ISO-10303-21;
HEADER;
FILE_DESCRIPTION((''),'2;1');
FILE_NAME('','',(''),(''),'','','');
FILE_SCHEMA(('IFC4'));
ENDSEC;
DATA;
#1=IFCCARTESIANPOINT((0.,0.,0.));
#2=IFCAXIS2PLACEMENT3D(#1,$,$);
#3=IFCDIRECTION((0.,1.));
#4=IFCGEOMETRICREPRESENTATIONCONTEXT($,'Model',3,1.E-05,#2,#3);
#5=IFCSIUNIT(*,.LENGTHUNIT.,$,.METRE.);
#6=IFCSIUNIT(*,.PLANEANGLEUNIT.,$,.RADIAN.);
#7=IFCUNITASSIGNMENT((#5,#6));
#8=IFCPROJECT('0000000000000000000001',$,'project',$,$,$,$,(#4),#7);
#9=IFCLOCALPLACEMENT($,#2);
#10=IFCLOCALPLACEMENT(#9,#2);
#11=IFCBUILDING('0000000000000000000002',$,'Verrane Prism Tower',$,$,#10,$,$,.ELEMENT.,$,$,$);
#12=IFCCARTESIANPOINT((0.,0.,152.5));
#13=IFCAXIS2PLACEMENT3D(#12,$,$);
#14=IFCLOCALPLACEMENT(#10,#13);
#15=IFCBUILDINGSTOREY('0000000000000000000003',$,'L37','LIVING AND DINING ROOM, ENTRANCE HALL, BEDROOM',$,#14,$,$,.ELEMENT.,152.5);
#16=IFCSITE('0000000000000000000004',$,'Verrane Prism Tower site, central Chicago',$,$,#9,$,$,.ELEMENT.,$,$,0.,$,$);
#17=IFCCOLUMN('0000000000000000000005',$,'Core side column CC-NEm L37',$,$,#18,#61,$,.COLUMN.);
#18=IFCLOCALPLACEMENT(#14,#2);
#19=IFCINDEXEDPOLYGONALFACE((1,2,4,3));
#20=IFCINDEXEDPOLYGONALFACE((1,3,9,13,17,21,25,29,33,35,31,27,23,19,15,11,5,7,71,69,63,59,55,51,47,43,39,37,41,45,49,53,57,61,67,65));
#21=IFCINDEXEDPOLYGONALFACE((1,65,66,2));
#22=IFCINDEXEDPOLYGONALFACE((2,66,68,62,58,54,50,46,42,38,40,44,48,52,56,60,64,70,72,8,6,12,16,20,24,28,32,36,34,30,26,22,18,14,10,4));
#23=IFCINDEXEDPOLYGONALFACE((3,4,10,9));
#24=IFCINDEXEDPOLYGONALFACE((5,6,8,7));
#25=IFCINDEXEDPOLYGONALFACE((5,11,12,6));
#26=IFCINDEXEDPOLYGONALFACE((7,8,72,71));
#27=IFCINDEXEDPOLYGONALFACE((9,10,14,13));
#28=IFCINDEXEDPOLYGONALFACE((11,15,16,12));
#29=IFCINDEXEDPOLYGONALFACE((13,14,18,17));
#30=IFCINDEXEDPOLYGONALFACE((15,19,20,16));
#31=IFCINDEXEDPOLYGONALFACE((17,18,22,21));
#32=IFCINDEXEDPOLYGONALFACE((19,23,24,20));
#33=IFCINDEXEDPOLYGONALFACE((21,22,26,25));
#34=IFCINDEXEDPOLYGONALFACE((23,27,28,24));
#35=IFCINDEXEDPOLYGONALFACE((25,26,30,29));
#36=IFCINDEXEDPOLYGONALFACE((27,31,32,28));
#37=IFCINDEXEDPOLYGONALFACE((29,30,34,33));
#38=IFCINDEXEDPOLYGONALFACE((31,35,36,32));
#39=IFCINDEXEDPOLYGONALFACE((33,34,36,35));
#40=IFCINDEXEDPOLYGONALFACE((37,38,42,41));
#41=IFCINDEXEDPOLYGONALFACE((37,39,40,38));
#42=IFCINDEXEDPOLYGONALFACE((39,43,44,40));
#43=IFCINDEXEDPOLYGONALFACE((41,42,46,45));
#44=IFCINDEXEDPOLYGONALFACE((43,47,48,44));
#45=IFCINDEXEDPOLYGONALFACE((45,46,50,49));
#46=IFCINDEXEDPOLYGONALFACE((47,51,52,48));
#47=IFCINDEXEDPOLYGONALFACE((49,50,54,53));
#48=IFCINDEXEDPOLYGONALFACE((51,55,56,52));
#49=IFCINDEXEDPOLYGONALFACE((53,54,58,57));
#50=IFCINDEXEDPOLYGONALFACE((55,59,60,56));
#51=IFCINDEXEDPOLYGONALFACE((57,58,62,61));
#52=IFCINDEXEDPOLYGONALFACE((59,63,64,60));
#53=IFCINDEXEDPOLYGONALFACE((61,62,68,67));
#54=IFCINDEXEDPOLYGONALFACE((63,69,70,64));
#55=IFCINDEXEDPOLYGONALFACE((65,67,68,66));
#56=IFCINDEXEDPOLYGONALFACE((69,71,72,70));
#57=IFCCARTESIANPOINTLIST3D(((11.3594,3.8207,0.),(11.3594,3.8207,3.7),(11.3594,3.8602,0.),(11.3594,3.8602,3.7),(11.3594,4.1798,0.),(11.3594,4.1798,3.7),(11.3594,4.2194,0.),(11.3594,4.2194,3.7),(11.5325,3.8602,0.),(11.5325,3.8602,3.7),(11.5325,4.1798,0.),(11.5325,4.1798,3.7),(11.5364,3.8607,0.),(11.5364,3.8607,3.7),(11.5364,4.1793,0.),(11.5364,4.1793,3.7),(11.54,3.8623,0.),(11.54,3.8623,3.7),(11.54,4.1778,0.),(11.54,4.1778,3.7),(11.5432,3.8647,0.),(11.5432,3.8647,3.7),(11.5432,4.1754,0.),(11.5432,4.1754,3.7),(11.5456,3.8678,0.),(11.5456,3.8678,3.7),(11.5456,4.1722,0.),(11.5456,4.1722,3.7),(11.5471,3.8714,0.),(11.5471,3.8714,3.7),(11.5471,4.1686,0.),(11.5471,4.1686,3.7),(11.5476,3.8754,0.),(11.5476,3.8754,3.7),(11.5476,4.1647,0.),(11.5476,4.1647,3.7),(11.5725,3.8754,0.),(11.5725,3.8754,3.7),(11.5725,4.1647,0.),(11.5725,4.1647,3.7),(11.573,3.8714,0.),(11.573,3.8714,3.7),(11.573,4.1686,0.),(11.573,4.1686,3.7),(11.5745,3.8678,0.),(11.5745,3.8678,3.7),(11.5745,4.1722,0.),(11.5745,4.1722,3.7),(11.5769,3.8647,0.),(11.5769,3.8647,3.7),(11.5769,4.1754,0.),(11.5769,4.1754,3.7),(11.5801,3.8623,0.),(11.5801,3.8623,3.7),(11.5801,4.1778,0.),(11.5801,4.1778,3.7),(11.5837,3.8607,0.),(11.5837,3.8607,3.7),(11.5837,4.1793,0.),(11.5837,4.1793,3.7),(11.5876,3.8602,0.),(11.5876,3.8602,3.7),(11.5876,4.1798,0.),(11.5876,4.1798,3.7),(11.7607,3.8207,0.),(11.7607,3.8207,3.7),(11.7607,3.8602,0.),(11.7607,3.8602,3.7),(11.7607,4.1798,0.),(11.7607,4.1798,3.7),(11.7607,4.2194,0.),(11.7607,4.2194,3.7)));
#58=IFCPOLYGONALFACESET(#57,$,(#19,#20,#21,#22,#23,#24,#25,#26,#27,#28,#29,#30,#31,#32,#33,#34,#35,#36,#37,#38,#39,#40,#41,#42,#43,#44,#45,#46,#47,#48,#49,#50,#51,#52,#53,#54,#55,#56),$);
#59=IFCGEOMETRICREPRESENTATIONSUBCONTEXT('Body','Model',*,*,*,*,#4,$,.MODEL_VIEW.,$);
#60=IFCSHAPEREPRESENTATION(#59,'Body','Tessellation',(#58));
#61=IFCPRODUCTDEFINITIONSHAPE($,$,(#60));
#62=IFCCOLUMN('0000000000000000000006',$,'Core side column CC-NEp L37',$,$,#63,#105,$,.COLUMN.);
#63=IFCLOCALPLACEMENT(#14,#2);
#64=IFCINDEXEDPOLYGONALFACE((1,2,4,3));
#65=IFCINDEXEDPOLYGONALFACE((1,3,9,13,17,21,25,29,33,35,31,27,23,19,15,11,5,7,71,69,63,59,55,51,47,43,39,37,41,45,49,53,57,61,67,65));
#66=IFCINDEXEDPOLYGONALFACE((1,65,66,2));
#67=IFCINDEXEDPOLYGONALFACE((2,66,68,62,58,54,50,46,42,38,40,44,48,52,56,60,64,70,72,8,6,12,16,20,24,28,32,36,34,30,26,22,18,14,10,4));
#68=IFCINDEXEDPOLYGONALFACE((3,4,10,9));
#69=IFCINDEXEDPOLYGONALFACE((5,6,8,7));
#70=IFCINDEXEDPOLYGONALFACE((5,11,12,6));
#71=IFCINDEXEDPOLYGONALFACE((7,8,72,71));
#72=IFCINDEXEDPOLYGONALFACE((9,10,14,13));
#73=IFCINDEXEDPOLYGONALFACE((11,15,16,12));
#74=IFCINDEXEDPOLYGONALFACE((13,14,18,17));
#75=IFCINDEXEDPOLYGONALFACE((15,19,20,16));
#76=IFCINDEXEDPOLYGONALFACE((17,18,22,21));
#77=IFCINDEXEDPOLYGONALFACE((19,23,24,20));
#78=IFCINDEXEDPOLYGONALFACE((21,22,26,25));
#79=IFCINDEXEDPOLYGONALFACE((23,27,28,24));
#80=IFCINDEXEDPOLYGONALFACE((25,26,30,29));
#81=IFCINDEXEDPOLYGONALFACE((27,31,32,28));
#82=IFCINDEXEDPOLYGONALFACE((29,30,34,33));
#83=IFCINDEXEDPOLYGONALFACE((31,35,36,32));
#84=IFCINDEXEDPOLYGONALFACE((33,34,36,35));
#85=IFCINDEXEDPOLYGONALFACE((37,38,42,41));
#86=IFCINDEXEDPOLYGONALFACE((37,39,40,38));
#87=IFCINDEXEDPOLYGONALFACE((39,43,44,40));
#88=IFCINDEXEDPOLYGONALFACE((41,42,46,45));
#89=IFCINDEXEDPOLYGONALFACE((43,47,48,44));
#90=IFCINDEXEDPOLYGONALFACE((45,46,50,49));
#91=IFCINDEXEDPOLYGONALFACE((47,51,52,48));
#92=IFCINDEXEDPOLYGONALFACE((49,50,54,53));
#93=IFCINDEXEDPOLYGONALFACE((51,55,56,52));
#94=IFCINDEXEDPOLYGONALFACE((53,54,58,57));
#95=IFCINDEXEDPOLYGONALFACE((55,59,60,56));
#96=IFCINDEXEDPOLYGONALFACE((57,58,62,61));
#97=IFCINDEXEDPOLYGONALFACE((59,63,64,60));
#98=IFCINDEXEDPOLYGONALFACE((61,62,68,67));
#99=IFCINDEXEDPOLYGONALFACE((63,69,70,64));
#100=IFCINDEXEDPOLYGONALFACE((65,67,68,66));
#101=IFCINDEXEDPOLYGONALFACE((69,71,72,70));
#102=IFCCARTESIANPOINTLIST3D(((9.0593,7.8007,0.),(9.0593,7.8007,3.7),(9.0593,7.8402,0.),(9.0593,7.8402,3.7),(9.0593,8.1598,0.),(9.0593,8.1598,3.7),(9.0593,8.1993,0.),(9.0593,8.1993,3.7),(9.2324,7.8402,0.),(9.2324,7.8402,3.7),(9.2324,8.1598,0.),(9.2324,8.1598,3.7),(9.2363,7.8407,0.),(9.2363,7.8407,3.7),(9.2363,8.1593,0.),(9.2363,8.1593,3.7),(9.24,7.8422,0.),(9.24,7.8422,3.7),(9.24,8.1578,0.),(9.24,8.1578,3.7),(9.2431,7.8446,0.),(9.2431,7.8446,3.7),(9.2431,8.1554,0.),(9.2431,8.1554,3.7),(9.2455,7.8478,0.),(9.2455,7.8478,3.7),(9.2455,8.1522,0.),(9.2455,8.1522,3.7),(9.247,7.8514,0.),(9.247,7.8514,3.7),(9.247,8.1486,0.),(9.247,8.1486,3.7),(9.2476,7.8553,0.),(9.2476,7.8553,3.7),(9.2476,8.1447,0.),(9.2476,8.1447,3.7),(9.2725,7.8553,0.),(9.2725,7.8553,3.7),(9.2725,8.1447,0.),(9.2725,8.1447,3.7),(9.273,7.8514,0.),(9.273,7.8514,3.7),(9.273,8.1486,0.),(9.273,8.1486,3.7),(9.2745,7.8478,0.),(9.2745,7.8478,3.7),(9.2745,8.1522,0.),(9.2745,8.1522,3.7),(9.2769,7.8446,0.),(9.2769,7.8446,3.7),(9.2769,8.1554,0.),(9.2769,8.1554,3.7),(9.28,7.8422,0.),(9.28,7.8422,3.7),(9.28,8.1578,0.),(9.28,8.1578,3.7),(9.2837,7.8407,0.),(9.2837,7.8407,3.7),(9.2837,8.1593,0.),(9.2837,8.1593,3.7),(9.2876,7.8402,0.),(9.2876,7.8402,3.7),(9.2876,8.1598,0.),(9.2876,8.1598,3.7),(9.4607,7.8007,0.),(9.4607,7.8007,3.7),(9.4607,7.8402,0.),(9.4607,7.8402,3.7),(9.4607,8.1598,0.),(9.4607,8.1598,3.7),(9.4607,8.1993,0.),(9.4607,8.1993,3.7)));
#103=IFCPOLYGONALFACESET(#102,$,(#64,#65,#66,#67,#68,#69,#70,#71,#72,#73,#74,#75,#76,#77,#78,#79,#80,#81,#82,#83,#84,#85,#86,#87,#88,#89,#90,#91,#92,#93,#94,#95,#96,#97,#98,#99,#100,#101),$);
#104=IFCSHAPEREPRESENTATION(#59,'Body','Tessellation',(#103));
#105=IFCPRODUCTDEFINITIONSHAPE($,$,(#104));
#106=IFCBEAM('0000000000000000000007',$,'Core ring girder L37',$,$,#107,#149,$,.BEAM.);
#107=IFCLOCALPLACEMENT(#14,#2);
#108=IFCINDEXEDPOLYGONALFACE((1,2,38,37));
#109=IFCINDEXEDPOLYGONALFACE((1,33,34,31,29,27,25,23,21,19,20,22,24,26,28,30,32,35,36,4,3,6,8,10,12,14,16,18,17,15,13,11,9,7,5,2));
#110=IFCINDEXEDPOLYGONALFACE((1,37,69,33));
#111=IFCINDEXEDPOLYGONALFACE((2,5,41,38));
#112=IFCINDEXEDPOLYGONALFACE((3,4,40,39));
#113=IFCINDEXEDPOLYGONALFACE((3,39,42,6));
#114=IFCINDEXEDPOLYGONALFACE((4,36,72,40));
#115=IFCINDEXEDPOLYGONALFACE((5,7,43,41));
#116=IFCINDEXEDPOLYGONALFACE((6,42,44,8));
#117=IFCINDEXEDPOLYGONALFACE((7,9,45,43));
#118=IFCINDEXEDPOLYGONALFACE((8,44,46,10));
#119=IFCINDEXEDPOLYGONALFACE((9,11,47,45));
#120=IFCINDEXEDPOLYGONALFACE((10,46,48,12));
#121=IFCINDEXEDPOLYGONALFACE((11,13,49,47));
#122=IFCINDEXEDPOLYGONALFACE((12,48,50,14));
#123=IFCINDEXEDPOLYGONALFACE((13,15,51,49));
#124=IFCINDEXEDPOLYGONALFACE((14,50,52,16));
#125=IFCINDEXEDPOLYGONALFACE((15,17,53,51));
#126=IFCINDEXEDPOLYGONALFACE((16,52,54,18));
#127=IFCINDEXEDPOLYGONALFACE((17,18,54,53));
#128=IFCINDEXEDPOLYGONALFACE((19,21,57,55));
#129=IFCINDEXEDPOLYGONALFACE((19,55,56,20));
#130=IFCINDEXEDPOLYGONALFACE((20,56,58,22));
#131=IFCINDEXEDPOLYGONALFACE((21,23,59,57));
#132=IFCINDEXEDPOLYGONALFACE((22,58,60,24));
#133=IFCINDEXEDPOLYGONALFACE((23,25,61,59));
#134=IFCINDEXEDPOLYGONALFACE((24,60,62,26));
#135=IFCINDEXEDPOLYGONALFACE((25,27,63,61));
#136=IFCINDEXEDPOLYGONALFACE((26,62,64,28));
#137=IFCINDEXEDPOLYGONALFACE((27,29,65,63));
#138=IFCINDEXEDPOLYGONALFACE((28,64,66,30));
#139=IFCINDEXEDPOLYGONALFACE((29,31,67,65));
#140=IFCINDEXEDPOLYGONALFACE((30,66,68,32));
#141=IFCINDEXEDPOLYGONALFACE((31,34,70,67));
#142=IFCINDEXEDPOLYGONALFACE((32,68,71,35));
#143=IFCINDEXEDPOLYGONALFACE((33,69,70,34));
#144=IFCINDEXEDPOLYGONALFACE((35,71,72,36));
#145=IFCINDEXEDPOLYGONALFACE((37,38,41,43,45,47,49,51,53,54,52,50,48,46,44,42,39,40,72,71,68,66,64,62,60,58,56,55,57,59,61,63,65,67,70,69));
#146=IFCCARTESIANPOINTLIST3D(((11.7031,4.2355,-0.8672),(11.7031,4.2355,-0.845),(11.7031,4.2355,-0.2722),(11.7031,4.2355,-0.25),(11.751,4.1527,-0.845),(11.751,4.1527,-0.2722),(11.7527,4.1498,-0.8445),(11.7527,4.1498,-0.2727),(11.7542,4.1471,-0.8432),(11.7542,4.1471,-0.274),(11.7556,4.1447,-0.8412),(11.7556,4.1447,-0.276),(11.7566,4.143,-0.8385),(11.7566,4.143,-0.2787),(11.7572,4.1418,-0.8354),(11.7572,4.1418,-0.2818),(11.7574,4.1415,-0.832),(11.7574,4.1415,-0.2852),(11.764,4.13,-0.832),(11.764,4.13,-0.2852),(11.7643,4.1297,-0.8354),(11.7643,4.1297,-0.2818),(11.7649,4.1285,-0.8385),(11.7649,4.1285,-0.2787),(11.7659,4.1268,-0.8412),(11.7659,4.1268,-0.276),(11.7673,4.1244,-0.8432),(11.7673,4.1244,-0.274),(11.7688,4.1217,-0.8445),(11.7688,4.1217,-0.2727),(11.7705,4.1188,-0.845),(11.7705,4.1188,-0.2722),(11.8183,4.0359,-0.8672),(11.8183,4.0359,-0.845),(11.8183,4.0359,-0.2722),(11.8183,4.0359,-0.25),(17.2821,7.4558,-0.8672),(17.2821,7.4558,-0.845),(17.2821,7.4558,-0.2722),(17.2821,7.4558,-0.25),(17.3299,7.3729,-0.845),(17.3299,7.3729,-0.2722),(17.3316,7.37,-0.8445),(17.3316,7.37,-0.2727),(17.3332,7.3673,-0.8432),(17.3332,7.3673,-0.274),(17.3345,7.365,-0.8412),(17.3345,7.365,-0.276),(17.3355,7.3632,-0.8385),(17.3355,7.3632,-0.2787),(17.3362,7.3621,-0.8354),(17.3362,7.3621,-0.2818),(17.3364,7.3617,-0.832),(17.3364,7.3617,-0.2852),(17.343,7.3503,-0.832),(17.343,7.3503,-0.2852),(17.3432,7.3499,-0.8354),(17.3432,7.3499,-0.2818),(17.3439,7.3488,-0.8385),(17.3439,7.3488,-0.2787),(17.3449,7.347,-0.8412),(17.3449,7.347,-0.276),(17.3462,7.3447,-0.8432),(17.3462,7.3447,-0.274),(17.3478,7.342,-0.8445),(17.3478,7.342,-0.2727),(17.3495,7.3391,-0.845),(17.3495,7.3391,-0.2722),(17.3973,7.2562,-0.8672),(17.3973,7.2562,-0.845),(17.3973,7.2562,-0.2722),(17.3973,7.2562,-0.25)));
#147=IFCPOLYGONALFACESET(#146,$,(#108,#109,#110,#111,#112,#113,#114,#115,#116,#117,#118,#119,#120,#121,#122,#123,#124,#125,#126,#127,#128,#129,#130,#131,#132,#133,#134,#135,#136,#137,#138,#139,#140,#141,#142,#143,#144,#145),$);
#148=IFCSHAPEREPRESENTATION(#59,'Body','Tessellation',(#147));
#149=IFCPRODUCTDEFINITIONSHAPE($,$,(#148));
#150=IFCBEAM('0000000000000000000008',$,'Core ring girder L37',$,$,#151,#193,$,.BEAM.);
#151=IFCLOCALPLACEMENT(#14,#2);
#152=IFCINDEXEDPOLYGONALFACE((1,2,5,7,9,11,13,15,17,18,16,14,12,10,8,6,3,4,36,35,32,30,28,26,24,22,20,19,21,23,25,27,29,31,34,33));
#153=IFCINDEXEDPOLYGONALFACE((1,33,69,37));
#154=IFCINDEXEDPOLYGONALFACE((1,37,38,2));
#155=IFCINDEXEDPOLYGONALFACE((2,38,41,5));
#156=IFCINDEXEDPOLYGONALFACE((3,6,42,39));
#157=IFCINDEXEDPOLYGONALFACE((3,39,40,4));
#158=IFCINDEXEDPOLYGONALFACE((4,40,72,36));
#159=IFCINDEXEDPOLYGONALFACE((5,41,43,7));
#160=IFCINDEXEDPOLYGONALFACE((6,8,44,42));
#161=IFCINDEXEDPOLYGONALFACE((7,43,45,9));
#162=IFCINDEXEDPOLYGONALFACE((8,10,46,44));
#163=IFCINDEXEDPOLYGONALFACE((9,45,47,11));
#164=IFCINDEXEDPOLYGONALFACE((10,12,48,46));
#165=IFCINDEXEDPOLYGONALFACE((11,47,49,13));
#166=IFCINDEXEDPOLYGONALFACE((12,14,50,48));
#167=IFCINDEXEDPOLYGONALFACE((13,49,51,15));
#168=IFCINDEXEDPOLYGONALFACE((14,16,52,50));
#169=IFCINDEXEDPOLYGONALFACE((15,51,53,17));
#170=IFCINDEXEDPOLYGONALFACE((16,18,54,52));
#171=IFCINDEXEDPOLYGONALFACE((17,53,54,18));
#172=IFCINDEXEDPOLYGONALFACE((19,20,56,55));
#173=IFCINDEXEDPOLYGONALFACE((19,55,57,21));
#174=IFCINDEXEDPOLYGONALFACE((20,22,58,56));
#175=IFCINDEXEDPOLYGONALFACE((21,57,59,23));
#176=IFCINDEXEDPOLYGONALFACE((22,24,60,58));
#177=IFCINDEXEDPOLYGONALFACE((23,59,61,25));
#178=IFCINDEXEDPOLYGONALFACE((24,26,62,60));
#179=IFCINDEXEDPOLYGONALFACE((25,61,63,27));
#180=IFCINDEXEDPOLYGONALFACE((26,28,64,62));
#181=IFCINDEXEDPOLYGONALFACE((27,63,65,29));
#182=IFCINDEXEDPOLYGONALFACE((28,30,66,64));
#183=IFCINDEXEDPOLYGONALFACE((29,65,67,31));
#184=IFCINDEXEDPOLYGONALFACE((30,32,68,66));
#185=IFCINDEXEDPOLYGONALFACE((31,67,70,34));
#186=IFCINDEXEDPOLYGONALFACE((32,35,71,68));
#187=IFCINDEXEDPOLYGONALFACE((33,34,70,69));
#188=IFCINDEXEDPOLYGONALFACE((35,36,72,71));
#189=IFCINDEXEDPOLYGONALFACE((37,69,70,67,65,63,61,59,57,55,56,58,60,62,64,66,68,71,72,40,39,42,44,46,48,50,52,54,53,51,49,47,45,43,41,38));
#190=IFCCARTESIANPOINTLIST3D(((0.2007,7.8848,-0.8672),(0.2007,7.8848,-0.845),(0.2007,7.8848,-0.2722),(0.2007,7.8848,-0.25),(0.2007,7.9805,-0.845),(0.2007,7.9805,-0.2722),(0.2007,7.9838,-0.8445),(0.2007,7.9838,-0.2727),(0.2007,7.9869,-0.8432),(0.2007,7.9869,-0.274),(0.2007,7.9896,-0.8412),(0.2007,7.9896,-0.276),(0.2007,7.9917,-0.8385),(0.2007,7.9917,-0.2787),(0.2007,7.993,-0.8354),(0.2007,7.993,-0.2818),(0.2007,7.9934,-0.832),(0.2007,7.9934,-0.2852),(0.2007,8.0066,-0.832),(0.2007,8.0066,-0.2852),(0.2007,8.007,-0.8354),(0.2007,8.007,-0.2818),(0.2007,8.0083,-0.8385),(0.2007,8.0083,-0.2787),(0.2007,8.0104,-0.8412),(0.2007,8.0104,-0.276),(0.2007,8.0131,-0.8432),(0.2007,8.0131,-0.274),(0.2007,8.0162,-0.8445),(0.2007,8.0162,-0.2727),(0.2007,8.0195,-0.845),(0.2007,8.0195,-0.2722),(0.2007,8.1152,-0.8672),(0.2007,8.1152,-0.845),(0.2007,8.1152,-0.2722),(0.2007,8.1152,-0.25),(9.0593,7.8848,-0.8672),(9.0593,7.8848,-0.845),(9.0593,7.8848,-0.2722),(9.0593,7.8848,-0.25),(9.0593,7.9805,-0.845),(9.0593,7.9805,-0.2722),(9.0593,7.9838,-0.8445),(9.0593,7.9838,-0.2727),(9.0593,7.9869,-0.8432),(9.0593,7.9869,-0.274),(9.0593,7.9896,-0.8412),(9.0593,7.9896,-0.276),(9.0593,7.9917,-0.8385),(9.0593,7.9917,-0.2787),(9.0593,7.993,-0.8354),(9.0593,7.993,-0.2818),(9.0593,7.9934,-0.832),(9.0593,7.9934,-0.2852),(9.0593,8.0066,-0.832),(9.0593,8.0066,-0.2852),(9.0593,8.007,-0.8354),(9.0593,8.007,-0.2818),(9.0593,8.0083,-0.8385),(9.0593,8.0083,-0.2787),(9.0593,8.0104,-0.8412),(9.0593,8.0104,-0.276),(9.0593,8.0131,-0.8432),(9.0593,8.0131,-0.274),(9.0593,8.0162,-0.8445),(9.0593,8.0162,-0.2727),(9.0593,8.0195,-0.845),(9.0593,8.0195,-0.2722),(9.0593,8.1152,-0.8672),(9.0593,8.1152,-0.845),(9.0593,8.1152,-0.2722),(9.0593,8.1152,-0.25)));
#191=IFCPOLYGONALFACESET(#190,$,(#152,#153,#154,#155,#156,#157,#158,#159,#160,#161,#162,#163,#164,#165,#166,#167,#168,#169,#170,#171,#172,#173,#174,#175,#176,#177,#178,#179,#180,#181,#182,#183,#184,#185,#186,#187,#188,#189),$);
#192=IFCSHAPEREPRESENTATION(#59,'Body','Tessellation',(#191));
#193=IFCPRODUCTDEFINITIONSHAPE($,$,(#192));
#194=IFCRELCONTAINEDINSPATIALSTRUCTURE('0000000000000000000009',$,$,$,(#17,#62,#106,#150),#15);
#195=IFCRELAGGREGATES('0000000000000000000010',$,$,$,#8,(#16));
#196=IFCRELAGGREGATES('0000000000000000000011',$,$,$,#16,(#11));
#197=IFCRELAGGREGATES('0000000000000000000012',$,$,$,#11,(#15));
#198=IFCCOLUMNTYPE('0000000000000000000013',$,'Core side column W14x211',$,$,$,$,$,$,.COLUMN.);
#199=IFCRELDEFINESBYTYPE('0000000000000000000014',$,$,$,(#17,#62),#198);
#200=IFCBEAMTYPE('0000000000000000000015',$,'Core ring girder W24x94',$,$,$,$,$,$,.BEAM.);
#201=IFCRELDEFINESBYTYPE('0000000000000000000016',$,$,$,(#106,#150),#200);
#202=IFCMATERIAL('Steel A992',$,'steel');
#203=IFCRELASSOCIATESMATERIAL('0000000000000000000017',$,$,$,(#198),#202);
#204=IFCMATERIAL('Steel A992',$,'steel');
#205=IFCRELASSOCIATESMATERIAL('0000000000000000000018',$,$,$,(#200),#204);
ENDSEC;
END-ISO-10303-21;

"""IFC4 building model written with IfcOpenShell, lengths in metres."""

from ifc_helpers import new_model, si_unit, direction, frame, origin, origin_2d, place, context, subcontext, project, spatial, i_section, extrude, material, material_profile, profile_set, type_object, element, save


model = new_model("IFC4")

# Units and contexts
model_context = context("Model", 3, precision=1e-05, world=origin(), true_north=direction((0.0, 1.0)))
body_context = subcontext(model_context, "Body", "Model", "MODEL_VIEW")
ifc_project = project(units=[si_unit("LENGTHUNIT", "METRE"), si_unit("PLANEANGLEUNIT", "RADIAN")], contexts=[model_context])

# Site, building, storey
site_placement = place(None, origin())
site = spatial("IfcSite", under=ifc_project, at=site_placement, Name="Verrane Prism Tower site, central Chicago", CompositionType="ELEMENT", RefElevation=0.0)
building_placement = place(site_placement, origin())
building = spatial("IfcBuilding", under=site, at=building_placement, Name="Verrane Prism Tower", CompositionType="ELEMENT")
storey_placement = place(building_placement, frame((0.0, 0.0, 152.5)))
storey = spatial("IfcBuildingStorey", under=building, at=storey_placement, Name="L37", Description="LIVING AND DINING ROOM, ENTRANCE HALL, BEDROOM", CompositionType="ELEMENT", Elevation=152.5)

# Columns
ifc_material_1 = material(Name="Steel A992", Category="steel")
ifc_material_profile_1 = material_profile(ifc_material_1, i_section(OverallWidth=0.4014, OverallDepth=0.3987, WebThickness=0.0249, FlangeThickness=0.0396, FilletRadius=0.0151, at=origin_2d()), Name="W14x211")
ifc_profile_set_1 = profile_set([ifc_material_profile_1], Name="Steel A992")
column_type = type_object("IfcColumnType", Name="Core side column W14x211", PredefinedType="COLUMN", material=ifc_profile_set_1)
for number, where, z_axis, x_axis, name in (
    (1, (11.5601, 4.02, 0.0), (0.0, 0.0, 1.0), (1.0, 0.0, 0.0), "Core side column CC-NEm L37"),
    (2, (9.26, 8.0, 0.0), (0.0, 0.0, 1.0), (1.0, 0.0, 0.0), "Core side column CC-NEp L37"),
):
    element("IfcColumn", number, at=place(storey_placement, frame(where, z_axis=z_axis, x_axis=x_axis)), inside=storey, type_object=column_type, Name=name, PredefinedType="COLUMN", context=body_context, shape_type="SweptSolid", body=[
        extrude(i_section(OverallWidth=0.4014, OverallDepth=0.3987, WebThickness=0.0249, FlangeThickness=0.0396, FilletRadius=0.0151, at=origin_2d()), origin(), (0.0, 0.0, 1.0), 3.7),
    ])

# Beams
ifc_material_2 = material(Name="Steel A992", Category="steel")
ifc_material_profile_2 = material_profile(ifc_material_2, i_section(OverallWidth=0.2305, OverallDepth=0.6172, WebThickness=0.0132, FlangeThickness=0.0222, FilletRadius=0.0129, at=origin_2d()), Name="W24x94")
ifc_profile_set_2 = profile_set([ifc_material_profile_2], Name="Steel A992")
beam_type = type_object("IfcBeamType", Name="Core ring girder W24x94", PredefinedType="BEAM", material=ifc_profile_set_2)
beam_1_placement = place(storey_placement, frame((11.7607, 4.1357, -0.5586), z_axis=(0.866075, 0.499914, 0.0), x_axis=(-0.499914, 0.866075, 0.0)))
element("IfcBeam", 3, at=beam_1_placement, inside=storey, type_object=beam_type, Name="Core ring girder L37", PredefinedType="BEAM", context=body_context, shape_type="SweptSolid", body=[
    extrude(i_section(OverallWidth=0.2305, OverallDepth=0.6172, WebThickness=0.0132, FlangeThickness=0.0222, FilletRadius=0.0129, at=origin_2d()), origin(), (0.0, 0.0, 1.0), 6.4417),
])
beam_2_placement = place(storey_placement, frame((9.0593, 8.0, -0.5586), z_axis=(-1.0, 0.0, 0.0), x_axis=(0.0, -1.0, 0.0)))
element("IfcBeam", 4, at=beam_2_placement, inside=storey, type_object=beam_type, Name="Core ring girder L37", PredefinedType="BEAM", context=body_context, shape_type="SweptSolid", body=[
    extrude(i_section(OverallWidth=0.2305, OverallDepth=0.6172, WebThickness=0.0132, FlangeThickness=0.0222, FilletRadius=0.0129, at=origin_2d()), origin(), (0.0, 0.0, 1.0), 8.8586),
])

save(model, "model.ifc")
